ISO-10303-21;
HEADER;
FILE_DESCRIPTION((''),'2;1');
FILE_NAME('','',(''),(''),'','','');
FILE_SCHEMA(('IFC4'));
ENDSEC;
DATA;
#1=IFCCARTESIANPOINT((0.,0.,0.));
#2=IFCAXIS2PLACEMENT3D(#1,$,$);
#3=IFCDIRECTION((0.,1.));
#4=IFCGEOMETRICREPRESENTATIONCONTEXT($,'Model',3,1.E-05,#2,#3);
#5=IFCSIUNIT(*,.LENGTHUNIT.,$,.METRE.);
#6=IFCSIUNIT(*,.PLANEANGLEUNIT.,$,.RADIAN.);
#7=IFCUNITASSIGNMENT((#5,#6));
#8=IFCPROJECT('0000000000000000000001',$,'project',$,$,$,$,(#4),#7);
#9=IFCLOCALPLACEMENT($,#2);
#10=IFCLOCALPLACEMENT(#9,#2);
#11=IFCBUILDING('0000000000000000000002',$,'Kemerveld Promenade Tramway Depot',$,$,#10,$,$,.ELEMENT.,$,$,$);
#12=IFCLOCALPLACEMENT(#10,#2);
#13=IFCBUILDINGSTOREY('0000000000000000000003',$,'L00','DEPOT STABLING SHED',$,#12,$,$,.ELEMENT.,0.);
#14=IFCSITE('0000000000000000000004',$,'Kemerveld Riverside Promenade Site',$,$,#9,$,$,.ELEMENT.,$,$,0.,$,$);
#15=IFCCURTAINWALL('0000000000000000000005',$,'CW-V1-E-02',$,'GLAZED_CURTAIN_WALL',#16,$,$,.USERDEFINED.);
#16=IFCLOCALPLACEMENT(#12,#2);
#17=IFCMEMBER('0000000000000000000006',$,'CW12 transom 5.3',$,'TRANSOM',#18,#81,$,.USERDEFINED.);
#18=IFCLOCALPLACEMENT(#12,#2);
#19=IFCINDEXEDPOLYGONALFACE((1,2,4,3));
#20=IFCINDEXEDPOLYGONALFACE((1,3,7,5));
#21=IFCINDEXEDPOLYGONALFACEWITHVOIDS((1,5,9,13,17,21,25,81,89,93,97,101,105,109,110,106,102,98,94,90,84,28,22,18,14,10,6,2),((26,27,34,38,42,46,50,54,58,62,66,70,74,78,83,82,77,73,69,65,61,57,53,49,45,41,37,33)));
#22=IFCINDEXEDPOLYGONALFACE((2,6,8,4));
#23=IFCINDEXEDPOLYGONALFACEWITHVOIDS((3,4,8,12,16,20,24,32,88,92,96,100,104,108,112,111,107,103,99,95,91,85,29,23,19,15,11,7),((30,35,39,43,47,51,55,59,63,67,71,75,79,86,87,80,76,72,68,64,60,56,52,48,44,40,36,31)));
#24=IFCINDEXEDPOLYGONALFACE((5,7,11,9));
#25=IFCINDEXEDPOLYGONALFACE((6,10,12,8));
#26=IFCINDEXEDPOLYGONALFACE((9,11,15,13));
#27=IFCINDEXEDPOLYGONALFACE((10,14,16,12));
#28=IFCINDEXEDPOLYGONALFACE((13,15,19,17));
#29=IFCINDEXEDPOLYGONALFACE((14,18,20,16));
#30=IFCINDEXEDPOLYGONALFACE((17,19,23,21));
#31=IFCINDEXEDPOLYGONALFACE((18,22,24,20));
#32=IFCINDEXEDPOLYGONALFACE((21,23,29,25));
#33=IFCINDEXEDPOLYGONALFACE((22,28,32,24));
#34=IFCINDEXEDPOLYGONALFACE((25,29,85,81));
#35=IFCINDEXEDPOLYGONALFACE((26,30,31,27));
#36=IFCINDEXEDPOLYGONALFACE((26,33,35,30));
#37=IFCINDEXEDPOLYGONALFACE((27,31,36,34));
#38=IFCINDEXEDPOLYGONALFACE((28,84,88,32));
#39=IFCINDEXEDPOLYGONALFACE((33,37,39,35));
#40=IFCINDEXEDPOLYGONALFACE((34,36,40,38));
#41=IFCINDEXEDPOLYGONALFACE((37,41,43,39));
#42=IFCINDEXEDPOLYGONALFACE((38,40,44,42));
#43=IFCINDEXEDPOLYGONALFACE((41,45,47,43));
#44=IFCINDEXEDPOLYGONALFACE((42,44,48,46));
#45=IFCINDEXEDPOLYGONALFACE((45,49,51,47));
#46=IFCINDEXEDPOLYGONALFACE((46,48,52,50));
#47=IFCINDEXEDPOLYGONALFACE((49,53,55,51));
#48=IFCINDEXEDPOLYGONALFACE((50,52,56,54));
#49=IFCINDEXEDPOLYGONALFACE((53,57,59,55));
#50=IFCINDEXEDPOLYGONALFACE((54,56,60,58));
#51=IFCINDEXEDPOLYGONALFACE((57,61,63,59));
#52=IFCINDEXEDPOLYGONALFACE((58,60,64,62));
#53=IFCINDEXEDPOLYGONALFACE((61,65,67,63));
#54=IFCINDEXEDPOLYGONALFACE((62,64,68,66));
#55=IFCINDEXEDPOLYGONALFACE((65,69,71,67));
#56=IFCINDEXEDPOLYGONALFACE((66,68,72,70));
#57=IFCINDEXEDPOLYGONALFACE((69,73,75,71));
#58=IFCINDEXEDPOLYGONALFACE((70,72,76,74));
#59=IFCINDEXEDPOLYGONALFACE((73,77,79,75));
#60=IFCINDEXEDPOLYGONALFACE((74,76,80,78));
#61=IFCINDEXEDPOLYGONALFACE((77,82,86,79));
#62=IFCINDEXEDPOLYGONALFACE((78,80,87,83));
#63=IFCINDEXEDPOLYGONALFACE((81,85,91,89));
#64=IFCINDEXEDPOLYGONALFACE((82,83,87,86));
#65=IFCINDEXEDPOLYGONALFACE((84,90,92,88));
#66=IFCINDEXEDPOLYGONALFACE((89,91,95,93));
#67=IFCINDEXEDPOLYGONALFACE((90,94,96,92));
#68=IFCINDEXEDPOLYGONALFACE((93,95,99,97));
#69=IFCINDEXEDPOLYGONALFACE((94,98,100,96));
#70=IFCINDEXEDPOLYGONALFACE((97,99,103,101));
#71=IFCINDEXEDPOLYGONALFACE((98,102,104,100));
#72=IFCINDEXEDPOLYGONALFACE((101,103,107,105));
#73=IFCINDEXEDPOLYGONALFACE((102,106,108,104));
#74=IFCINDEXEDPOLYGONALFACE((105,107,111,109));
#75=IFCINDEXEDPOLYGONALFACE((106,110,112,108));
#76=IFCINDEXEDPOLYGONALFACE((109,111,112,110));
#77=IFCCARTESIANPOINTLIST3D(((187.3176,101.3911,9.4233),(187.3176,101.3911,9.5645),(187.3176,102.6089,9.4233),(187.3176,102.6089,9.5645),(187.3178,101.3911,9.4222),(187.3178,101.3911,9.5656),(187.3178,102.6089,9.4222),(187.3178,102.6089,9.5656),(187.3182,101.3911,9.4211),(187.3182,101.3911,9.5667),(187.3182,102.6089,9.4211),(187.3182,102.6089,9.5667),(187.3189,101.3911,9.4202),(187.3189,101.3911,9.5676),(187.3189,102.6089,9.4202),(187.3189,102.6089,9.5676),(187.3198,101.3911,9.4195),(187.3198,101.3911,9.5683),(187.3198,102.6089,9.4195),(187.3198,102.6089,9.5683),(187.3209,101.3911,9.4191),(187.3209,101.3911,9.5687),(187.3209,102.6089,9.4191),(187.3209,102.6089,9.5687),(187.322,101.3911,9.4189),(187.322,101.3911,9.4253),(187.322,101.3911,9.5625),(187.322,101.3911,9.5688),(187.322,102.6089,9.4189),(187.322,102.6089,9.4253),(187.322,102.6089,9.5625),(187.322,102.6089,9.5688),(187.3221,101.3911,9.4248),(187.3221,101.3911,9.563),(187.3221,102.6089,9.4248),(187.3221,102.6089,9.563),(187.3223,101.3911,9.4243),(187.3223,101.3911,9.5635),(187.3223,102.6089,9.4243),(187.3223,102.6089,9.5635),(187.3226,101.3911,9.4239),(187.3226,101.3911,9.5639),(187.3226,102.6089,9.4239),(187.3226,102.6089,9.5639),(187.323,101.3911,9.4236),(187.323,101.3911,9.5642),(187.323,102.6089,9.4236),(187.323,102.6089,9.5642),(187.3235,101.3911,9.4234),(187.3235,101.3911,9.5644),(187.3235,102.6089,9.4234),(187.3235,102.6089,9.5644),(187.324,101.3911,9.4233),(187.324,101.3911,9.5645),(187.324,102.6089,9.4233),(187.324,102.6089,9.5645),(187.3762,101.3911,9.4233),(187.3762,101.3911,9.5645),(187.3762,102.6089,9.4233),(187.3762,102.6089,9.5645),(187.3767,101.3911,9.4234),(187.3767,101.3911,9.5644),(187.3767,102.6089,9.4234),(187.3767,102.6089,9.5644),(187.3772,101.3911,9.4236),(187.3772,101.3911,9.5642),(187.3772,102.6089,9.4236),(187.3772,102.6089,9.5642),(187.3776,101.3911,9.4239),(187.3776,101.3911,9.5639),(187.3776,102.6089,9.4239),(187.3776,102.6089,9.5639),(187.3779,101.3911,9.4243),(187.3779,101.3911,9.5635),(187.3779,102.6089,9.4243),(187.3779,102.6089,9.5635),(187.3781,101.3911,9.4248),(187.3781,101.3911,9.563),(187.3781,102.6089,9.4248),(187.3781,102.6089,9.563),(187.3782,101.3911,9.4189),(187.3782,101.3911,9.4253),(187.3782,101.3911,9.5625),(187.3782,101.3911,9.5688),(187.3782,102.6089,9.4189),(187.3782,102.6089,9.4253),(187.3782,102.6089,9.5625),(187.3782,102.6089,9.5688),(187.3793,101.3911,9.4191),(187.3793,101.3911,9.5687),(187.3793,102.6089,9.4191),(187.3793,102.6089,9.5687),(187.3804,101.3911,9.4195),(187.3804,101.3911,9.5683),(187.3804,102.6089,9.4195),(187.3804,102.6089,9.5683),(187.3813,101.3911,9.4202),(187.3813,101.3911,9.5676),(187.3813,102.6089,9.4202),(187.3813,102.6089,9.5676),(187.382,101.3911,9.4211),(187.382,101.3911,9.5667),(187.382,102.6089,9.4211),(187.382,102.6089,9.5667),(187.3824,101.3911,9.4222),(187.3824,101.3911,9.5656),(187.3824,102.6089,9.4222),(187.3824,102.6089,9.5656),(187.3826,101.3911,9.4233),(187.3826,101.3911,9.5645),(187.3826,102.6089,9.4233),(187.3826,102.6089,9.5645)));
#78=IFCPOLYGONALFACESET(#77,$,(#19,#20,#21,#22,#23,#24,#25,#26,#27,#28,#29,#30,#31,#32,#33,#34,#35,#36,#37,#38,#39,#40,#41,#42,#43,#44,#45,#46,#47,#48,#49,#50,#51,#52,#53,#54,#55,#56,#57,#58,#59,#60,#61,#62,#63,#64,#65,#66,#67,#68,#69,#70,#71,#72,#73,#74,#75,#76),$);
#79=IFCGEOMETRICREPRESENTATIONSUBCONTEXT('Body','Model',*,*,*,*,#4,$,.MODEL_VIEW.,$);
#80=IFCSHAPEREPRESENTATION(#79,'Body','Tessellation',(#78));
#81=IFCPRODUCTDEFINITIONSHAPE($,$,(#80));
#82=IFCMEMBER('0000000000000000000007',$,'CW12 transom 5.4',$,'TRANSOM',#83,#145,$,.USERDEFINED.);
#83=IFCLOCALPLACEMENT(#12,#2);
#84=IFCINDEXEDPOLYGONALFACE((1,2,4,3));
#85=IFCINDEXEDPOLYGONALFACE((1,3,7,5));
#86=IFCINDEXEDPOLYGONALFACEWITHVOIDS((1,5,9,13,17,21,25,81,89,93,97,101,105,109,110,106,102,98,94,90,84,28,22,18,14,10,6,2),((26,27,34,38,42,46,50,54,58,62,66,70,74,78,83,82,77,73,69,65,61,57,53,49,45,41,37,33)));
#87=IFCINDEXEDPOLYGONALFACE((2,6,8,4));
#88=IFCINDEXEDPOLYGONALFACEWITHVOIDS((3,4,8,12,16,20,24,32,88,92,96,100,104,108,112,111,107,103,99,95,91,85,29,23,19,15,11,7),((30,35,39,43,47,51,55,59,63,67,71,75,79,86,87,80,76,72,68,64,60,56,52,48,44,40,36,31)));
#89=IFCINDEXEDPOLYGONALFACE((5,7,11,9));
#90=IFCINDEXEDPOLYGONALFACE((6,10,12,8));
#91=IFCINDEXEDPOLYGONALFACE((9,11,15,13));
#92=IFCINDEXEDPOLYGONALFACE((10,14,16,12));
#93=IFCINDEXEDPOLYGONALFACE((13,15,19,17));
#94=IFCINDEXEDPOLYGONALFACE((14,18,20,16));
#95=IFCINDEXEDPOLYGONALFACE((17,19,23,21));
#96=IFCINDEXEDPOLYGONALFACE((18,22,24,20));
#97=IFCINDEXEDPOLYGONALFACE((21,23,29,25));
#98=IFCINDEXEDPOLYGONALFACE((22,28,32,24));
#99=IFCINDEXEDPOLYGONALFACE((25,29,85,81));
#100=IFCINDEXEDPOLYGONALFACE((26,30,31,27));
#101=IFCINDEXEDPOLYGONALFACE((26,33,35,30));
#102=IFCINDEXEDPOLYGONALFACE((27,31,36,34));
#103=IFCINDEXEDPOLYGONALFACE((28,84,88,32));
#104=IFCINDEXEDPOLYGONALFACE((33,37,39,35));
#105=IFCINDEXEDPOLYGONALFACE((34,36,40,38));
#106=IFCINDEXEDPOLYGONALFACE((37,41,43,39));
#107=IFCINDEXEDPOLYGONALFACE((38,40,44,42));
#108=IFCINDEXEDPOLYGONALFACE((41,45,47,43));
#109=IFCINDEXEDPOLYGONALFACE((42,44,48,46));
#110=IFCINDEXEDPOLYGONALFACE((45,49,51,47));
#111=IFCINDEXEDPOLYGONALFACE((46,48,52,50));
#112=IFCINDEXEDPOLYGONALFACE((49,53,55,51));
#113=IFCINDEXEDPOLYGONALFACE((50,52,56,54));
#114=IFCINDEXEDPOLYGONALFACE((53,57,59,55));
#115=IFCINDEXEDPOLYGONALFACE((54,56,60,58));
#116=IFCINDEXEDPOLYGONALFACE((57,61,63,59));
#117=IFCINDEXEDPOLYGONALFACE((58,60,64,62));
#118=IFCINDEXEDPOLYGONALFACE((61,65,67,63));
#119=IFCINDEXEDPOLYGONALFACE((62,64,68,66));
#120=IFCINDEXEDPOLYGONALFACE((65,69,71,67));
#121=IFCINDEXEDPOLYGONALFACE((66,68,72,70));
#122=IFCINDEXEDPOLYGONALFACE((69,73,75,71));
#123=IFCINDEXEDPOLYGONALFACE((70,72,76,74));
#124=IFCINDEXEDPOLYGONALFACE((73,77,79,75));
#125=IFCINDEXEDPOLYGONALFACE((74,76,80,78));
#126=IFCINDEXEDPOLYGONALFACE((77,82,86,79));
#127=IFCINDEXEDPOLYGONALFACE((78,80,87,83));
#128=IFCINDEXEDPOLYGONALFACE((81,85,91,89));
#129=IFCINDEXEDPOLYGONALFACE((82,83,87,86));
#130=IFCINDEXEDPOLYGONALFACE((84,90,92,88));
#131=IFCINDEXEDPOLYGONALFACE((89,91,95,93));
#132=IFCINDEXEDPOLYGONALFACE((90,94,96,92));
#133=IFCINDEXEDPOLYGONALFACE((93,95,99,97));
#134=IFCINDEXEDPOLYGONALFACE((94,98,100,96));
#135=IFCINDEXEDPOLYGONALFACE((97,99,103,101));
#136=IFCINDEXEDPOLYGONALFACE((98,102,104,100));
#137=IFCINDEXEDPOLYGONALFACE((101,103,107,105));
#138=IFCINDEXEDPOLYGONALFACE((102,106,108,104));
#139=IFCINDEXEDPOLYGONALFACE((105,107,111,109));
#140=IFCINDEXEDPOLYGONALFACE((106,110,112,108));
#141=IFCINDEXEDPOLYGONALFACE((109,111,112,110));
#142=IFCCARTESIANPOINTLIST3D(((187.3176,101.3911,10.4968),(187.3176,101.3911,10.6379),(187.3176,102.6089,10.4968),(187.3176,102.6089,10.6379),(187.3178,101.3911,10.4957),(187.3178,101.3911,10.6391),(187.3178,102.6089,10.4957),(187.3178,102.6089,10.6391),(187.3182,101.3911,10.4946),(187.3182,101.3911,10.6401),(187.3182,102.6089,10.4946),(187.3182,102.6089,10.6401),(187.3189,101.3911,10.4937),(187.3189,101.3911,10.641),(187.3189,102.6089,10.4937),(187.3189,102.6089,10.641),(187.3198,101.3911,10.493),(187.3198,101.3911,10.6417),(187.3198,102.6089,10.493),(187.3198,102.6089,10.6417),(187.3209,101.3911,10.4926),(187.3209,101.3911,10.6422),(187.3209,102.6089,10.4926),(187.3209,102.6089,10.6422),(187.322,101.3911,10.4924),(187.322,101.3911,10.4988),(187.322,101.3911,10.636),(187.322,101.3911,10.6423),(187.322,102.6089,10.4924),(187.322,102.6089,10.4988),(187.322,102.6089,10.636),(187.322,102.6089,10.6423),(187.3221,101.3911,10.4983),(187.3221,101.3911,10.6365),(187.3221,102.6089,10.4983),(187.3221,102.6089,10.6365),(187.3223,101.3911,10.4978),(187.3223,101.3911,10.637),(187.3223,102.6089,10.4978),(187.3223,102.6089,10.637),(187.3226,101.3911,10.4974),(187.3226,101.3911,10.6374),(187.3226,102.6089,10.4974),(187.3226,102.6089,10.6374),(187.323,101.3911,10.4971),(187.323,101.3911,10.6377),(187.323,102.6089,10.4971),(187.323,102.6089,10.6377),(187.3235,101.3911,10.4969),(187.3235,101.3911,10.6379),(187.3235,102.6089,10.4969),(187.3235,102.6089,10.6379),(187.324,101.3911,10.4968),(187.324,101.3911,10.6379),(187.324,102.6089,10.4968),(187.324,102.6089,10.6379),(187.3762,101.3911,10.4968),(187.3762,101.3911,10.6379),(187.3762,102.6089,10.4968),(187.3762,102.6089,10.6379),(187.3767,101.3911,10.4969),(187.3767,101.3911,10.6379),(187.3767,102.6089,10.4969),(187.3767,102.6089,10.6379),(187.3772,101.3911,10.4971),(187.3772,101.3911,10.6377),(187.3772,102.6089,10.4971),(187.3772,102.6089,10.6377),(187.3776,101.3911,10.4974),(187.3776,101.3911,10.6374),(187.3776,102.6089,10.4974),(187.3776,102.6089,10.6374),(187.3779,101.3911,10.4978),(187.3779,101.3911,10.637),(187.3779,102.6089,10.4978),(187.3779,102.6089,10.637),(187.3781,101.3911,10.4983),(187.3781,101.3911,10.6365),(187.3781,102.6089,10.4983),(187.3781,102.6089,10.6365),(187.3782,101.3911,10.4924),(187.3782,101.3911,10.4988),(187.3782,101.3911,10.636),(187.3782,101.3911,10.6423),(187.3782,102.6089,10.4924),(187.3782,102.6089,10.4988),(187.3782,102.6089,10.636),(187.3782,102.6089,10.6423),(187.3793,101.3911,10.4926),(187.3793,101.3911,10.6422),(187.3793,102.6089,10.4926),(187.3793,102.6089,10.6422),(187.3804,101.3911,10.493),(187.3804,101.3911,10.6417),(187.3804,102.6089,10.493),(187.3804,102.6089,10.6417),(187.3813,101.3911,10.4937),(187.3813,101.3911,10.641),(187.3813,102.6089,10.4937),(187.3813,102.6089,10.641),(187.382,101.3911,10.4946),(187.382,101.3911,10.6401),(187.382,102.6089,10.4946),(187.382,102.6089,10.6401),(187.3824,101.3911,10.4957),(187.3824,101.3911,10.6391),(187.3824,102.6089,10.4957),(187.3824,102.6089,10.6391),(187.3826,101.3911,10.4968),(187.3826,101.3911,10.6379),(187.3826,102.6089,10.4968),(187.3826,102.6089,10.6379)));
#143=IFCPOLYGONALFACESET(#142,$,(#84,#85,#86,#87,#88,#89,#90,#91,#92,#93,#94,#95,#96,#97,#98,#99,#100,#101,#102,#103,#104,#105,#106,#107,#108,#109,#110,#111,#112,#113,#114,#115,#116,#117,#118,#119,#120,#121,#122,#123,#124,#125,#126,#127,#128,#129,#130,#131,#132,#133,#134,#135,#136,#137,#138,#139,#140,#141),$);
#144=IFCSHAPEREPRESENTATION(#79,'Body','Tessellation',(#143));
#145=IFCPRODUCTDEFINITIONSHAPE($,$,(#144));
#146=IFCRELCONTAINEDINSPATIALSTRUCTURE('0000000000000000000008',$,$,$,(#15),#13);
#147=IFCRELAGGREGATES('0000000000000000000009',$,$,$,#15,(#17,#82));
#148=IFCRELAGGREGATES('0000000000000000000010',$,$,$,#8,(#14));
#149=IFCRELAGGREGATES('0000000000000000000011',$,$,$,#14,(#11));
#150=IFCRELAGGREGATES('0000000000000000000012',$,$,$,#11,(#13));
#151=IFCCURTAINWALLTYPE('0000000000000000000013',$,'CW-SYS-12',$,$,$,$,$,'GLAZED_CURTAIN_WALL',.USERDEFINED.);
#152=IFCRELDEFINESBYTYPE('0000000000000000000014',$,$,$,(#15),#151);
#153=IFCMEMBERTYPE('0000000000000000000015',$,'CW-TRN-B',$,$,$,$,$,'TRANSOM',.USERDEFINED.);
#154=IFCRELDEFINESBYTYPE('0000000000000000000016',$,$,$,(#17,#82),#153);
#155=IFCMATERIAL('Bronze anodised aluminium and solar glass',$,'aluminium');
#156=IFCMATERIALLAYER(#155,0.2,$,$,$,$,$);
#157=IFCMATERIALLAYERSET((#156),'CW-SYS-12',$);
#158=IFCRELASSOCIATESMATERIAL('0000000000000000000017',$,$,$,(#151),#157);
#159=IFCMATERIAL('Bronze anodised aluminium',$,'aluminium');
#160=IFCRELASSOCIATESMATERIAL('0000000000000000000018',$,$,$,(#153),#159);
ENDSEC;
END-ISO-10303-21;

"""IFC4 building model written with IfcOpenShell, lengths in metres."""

from ifc_helpers import new_model, si_unit, direction, frame, origin, origin_2d, place, context, subcontext, project, spatial, hollow_rectangle, extrude, material, layer, layer_set, material_profile, profile_set, type_object, element, aggregate, save


model = new_model("IFC4")

# Units and contexts
model_context = context("Model", 3, precision=1e-05, world=origin(), true_north=direction((0.0, 1.0)))
body_context = subcontext(model_context, "Body", "Model", "MODEL_VIEW")
ifc_project = project(units=[si_unit("LENGTHUNIT", "METRE"), si_unit("PLANEANGLEUNIT", "RADIAN")], contexts=[model_context])

# Site, building, storey
site_placement = place(None, origin())
site = spatial("IfcSite", under=ifc_project, at=site_placement, Name="Kemerveld Riverside Promenade Site", CompositionType="ELEMENT", RefElevation=0.0)
building_placement = place(site_placement, origin())
building = spatial("IfcBuilding", under=site, at=building_placement, Name="Kemerveld Promenade Tramway Depot", CompositionType="ELEMENT")
storey_placement = place(building_placement, origin())
storey = spatial("IfcBuildingStorey", under=building, at=storey_placement, Name="L00", Description="DEPOT STABLING SHED", CompositionType="ELEMENT", Elevation=0.0)

# Curtain wall, members
ifc_material_1 = material(Name="Bronze anodised aluminium and solar glass", Category="aluminium")
ifc_layer_1 = layer(ifc_material_1, 0.2)
ifc_layer_set_1 = layer_set([ifc_layer_1], Name="CW-SYS-12")
curtain_wall_type = type_object("IfcCurtainWallType", Name="CW-SYS-12", ElementType="GLAZED_CURTAIN_WALL", PredefinedType="USERDEFINED", material=ifc_layer_set_1)
curtain_wall_placement = place(storey_placement, origin())
curtain_wall = element("IfcCurtainWall", 1, at=curtain_wall_placement, inside=storey, type_object=curtain_wall_type, Name="CW-V1-E-02", ObjectType="GLAZED_CURTAIN_WALL", PredefinedType="USERDEFINED")
ifc_material_2 = material(Name="Bronze anodised aluminium", Category="aluminium")
ifc_material_profile_1 = material_profile(ifc_material_2, hollow_rectangle(XDim=0.0649, YDim=0.1499, WallThickness=0.0044, InnerFilletRadius=0.002, OuterFilletRadius=0.0044, at=origin_2d()), Name="CW-TRN-150x65")
ifc_profile_set_1 = profile_set([ifc_material_profile_1], Name="Bronze anodised aluminium")
member_type_1 = type_object("IfcMemberType", Name="CW-TRN-B", ElementType="TRANSOM", PredefinedType="USERDEFINED", material=ifc_profile_set_1)
member_1_placement = place(storey_placement, frame((187.3501, 102.6089, 9.4939), z_axis=(0.0, -1.0, 0.0), x_axis=(1.0, 0.0, 0.0)))
member_1 = element("IfcMember", 2, at=member_1_placement, type_object=member_type_1, Name="CW12 transom 5.3", ObjectType="TRANSOM", PredefinedType="USERDEFINED", context=body_context, shape_type="SweptSolid", body=[
    extrude(hollow_rectangle(XDim=0.0649, YDim=0.1499, WallThickness=0.0044, InnerFilletRadius=0.002, OuterFilletRadius=0.0044, at=origin_2d()), origin(), (0.0, 0.0, 1.0), 1.2178),
])
member_2_placement = place(storey_placement, frame((187.3501, 102.6089, 10.5674), z_axis=(0.0, -1.0, 0.0), x_axis=(1.0, 0.0, 0.0)))
member_2 = element("IfcMember", 3, at=member_2_placement, type_object=member_type_1, Name="CW12 transom 5.4", ObjectType="TRANSOM", PredefinedType="USERDEFINED", context=body_context, shape_type="SweptSolid", body=[
    extrude(hollow_rectangle(XDim=0.0649, YDim=0.1499, WallThickness=0.0044, InnerFilletRadius=0.002, OuterFilletRadius=0.0044, at=origin_2d()), origin(), (0.0, 0.0, 1.0), 1.2178),
])

aggregate(curtain_wall, [member_1, member_2])

save(model, "model.ifc")
